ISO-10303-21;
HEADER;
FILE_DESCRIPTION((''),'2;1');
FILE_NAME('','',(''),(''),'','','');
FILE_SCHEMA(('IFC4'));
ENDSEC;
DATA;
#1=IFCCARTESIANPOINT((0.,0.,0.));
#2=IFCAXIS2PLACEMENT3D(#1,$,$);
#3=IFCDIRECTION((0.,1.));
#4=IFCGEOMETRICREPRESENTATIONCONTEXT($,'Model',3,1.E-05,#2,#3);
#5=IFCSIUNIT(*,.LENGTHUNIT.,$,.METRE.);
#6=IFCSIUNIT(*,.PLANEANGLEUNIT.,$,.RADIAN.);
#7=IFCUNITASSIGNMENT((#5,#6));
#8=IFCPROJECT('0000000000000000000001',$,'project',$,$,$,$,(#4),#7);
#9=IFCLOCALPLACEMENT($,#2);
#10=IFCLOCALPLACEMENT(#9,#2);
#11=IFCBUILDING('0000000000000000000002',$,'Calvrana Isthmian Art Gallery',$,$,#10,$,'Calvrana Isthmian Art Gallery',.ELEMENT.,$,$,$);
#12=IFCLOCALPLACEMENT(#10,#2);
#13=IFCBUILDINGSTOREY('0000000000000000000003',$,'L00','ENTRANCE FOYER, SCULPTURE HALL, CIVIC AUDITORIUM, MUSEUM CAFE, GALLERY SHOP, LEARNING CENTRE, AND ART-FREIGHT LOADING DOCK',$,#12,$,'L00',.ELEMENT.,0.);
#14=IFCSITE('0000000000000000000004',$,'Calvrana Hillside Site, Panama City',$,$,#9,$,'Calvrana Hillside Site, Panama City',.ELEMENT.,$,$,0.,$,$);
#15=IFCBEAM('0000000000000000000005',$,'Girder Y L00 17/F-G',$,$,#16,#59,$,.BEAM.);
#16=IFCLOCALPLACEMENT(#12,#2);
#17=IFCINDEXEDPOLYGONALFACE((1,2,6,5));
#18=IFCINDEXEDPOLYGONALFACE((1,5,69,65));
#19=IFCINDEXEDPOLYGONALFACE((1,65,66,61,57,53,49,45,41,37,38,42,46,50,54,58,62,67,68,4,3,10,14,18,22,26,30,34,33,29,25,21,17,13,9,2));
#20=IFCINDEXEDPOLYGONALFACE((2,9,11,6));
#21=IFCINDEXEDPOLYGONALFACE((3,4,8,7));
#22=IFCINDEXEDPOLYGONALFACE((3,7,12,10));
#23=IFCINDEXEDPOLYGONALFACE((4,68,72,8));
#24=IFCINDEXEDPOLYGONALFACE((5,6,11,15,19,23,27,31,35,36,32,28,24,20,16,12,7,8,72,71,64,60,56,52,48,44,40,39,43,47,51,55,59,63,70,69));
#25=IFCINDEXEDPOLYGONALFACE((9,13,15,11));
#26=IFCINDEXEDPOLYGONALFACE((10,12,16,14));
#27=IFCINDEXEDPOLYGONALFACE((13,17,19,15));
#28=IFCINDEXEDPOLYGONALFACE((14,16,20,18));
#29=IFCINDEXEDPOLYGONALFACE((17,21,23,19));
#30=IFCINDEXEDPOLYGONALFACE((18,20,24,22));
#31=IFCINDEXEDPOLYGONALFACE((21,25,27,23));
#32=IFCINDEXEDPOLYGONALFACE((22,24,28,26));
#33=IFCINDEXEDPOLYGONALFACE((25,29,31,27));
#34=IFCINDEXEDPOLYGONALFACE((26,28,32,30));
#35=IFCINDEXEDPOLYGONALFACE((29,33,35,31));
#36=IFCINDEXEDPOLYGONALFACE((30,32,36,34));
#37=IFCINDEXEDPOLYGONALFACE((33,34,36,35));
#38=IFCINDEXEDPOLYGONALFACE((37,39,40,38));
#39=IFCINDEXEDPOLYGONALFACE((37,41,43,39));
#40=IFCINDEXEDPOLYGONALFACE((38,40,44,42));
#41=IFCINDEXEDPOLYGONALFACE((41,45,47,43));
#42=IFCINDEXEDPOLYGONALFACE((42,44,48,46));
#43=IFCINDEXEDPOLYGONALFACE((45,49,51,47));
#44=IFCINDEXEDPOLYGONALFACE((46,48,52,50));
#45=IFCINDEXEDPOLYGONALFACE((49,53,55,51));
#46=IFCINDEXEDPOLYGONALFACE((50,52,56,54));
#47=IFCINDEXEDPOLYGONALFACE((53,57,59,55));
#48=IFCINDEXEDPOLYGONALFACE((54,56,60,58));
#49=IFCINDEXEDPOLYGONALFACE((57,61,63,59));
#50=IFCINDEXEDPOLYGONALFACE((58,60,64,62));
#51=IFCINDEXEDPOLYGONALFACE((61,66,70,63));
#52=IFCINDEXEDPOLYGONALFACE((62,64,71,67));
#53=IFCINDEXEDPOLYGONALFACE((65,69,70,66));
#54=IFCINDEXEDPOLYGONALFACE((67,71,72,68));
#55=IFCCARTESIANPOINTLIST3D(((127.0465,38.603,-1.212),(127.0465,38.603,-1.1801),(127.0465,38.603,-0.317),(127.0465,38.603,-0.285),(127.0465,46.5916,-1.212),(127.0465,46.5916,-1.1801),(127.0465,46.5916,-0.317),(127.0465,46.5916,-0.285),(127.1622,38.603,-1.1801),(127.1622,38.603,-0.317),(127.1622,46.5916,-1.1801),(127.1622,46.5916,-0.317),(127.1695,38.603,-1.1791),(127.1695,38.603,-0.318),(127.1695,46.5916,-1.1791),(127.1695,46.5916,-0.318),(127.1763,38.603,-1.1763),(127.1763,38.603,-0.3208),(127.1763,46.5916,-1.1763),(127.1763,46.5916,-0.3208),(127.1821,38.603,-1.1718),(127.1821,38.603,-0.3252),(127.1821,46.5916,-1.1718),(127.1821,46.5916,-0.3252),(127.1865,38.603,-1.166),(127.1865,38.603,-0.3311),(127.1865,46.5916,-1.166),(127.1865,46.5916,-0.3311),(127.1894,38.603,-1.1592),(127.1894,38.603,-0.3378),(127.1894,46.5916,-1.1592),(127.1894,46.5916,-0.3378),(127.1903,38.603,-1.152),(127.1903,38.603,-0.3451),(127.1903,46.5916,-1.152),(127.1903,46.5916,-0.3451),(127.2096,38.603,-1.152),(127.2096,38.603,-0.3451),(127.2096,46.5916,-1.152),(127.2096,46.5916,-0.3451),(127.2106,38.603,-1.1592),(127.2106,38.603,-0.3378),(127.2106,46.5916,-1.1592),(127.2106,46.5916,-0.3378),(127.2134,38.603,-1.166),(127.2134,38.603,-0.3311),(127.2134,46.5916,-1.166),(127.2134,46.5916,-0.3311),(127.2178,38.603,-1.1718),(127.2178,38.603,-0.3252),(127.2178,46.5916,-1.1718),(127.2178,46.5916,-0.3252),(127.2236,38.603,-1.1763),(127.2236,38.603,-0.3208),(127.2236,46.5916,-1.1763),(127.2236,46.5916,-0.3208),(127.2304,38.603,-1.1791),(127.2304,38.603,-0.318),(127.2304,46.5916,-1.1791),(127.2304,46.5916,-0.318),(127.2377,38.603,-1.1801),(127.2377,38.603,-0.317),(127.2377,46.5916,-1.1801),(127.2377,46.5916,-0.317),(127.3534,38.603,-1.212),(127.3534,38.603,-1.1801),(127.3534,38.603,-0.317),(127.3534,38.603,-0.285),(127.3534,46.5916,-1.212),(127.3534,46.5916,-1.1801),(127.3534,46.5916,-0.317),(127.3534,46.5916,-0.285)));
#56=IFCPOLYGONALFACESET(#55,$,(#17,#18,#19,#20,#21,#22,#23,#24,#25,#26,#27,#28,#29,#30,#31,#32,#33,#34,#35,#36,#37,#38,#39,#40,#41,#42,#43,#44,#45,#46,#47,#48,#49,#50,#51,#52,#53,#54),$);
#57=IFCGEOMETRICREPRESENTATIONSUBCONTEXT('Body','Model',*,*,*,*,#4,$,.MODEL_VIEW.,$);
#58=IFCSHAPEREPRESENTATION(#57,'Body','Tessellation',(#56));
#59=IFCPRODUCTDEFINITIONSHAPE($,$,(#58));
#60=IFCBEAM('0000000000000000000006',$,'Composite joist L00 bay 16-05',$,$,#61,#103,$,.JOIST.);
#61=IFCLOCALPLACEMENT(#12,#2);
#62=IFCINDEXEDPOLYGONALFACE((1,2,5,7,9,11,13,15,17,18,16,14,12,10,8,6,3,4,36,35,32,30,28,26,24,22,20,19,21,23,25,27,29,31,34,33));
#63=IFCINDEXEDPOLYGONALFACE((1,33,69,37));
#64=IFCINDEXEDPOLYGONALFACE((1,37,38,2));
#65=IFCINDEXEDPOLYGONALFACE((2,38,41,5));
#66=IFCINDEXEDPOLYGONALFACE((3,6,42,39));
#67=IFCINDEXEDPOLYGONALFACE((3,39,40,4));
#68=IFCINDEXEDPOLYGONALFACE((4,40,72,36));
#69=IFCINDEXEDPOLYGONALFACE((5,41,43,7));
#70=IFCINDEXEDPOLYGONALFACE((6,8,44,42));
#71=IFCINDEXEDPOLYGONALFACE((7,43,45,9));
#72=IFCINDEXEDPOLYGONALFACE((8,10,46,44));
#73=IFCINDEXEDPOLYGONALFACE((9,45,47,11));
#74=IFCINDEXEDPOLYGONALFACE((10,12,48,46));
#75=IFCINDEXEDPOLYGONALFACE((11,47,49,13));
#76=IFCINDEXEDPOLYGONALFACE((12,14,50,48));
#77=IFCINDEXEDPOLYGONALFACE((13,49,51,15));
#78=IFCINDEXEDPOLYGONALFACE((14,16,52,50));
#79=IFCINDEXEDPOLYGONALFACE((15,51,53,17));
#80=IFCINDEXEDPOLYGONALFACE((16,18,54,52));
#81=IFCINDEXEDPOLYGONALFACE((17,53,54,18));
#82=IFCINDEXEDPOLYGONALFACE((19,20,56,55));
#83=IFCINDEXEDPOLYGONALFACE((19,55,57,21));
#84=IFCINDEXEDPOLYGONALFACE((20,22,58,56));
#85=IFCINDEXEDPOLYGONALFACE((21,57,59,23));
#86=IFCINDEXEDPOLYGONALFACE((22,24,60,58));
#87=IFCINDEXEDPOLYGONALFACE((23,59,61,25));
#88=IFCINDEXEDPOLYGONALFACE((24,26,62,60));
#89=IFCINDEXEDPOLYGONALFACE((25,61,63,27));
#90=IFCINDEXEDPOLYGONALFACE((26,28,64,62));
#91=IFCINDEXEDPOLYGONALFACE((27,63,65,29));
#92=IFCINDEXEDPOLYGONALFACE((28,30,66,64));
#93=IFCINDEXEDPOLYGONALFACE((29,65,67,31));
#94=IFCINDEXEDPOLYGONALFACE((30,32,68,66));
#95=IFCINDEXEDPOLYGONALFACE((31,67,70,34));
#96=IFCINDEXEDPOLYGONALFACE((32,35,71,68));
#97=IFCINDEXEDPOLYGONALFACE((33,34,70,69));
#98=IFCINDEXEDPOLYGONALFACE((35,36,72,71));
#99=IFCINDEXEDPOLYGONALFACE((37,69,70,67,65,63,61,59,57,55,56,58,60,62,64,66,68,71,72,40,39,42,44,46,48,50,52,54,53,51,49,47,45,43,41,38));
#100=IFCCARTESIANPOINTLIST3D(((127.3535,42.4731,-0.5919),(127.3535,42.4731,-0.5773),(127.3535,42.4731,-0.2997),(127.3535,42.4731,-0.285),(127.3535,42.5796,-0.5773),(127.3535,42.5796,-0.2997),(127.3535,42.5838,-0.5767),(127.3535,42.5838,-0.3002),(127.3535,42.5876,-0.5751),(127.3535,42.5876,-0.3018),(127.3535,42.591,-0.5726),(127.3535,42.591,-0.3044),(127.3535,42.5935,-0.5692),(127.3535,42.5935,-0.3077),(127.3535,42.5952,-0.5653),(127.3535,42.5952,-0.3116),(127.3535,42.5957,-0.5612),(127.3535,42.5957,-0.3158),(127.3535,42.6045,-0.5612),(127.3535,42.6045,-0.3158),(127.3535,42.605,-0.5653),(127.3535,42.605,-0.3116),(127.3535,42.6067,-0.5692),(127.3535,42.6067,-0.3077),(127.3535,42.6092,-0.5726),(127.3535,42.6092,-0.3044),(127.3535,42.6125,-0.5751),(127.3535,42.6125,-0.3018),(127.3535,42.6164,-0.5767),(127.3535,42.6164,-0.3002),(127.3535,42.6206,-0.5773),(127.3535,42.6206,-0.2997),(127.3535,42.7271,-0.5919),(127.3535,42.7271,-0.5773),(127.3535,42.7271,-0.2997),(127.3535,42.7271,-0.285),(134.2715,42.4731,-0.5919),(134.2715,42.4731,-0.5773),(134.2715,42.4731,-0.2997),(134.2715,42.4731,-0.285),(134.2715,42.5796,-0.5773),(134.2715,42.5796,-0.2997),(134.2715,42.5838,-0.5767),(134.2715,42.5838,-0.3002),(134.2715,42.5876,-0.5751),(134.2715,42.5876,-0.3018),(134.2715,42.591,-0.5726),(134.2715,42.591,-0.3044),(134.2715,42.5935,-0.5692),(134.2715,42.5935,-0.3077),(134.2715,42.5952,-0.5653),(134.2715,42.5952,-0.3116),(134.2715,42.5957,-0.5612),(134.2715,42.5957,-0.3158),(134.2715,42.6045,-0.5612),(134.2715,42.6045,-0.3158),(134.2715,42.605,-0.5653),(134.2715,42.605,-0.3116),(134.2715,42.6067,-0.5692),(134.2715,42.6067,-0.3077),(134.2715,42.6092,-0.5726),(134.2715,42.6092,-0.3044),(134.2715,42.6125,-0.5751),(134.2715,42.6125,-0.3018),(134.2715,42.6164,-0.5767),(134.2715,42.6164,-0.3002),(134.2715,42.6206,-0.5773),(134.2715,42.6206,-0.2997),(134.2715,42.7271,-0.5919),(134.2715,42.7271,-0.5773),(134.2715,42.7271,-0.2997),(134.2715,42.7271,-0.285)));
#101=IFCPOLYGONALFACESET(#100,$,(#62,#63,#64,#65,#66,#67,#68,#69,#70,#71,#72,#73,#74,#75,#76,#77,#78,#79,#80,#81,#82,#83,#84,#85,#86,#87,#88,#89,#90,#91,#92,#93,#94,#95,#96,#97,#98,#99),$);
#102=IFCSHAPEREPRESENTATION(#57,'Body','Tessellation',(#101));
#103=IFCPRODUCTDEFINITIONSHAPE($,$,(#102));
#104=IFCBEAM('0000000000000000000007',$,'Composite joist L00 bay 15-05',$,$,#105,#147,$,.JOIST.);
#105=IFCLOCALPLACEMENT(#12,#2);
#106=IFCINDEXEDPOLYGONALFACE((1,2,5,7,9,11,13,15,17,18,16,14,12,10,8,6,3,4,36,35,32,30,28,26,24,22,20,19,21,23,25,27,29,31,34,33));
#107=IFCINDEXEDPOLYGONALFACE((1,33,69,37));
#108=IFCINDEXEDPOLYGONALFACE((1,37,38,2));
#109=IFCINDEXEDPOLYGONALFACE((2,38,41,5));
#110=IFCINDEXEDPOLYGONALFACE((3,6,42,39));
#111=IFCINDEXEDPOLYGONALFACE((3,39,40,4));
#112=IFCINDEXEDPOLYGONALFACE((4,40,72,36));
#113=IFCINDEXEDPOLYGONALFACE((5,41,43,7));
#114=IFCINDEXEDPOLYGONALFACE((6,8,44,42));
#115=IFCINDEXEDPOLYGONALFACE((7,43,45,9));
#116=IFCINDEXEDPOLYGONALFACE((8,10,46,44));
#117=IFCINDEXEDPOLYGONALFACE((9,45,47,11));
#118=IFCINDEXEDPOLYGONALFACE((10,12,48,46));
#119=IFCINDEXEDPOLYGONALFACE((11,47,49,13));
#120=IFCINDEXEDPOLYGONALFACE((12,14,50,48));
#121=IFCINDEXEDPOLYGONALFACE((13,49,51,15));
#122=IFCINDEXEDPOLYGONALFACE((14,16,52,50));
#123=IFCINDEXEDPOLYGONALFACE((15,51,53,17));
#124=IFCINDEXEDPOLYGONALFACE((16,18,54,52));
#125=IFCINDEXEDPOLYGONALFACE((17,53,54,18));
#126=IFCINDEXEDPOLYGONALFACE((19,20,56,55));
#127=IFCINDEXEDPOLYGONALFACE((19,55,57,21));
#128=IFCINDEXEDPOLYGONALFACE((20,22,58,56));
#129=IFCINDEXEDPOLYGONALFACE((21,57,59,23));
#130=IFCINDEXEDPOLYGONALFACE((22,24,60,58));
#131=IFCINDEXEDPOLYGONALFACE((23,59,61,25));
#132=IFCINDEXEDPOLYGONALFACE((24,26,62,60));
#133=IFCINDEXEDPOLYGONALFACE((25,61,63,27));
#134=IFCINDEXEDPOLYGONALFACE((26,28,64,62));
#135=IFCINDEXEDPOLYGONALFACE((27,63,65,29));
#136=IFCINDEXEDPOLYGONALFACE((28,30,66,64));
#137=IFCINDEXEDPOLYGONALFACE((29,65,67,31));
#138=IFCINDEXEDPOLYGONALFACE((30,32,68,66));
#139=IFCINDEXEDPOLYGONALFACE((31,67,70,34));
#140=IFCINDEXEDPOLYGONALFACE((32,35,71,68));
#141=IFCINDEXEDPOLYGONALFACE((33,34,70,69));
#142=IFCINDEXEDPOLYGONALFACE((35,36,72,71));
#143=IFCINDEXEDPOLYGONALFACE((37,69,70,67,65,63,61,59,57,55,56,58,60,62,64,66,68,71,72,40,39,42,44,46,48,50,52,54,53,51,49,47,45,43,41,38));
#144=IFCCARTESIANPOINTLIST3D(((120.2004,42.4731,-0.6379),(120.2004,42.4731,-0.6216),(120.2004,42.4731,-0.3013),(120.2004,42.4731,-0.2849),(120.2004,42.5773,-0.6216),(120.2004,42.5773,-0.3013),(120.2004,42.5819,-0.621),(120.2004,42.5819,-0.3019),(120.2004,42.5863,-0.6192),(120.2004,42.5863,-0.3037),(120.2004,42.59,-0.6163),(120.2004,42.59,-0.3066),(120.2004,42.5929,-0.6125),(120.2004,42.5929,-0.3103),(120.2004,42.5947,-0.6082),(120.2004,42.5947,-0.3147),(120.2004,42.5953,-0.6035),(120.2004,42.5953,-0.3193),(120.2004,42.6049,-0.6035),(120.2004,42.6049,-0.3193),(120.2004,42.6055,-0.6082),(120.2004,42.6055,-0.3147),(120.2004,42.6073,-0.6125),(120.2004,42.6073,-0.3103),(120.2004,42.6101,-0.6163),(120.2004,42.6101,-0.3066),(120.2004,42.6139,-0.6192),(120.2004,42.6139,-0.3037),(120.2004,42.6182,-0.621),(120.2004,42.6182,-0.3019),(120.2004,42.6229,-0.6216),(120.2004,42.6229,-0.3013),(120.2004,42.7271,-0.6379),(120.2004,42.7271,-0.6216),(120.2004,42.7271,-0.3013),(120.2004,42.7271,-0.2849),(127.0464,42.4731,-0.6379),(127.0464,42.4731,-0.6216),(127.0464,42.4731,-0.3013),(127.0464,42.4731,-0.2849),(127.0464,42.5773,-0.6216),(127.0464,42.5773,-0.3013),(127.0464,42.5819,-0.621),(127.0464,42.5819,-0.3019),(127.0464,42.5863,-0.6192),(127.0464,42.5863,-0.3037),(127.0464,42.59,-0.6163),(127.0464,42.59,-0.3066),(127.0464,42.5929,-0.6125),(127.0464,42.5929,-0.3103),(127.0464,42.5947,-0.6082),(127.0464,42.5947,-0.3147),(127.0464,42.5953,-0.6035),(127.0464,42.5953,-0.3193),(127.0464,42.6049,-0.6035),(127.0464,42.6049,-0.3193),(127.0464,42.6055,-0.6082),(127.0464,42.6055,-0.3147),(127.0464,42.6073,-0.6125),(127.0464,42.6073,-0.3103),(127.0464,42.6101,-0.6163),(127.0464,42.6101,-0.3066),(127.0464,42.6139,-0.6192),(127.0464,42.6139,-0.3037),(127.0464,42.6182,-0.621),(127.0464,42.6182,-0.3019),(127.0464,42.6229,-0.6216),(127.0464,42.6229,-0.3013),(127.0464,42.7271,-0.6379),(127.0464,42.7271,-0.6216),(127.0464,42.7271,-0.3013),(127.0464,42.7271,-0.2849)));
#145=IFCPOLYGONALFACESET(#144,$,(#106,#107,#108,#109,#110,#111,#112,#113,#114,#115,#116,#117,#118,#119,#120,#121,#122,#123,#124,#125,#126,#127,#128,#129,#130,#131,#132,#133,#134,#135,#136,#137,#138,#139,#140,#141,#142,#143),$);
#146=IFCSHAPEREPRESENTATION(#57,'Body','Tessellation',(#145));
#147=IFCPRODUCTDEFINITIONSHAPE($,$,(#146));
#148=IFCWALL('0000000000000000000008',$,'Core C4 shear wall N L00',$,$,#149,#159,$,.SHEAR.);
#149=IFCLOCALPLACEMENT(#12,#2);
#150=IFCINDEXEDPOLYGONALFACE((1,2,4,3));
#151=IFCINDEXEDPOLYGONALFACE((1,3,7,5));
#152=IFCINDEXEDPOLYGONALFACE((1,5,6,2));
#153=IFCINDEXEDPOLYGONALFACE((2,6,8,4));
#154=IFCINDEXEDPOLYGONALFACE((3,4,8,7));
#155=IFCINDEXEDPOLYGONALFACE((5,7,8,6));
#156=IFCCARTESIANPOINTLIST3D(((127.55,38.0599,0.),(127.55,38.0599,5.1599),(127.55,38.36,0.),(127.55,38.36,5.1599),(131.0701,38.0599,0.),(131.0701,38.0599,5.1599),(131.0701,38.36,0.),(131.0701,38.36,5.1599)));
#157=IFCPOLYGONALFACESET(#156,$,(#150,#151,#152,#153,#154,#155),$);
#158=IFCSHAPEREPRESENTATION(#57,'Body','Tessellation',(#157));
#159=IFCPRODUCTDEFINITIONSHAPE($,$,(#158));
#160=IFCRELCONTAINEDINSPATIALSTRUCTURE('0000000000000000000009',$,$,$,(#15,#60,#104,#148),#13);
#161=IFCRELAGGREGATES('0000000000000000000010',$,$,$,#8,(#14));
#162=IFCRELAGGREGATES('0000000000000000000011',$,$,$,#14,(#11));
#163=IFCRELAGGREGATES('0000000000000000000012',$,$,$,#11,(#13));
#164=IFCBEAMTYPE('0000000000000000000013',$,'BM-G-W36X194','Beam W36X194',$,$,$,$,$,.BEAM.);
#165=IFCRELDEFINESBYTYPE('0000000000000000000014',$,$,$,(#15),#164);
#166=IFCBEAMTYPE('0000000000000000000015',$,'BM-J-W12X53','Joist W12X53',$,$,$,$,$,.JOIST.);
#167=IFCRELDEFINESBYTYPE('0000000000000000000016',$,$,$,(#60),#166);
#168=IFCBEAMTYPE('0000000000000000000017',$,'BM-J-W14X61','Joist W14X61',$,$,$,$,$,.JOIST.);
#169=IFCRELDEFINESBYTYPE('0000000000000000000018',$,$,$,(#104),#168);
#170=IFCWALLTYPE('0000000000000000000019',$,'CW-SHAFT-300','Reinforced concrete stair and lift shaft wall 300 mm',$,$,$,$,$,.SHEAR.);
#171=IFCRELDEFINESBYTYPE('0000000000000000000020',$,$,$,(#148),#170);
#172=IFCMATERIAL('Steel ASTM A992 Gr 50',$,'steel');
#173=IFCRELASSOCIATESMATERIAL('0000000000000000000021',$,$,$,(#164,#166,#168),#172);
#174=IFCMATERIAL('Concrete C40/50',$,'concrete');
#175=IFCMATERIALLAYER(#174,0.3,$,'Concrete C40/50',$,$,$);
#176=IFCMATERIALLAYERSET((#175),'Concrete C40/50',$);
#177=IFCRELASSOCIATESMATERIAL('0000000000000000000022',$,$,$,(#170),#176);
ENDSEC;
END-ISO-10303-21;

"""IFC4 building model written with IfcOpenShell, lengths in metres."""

from ifc_helpers import new_model, si_unit, direction, frame, frame_2d, origin, origin_2d, place, context, subcontext, project, spatial, rectangle, i_section, extrude, material, layer, layer_set, material_profile, profile_set, type_object, element, save


model = new_model("IFC4")

# Units and contexts
model_context = context("Model", 3, precision=1e-05, world=origin(), true_north=direction((0.0, 1.0)))
body_context = subcontext(model_context, "Body", "Model", "MODEL_VIEW")
ifc_project = project(units=[si_unit("LENGTHUNIT", "METRE"), si_unit("PLANEANGLEUNIT", "RADIAN")], contexts=[model_context])

# Site, building, storey
site_placement = place(None, origin())
site = spatial("IfcSite", under=ifc_project, at=site_placement, Name="Calvrana Hillside Site, Panama City", LongName="Calvrana Hillside Site, Panama City", CompositionType="ELEMENT", RefElevation=0.0)
building_placement = place(site_placement, origin())
building = spatial("IfcBuilding", under=site, at=building_placement, Name="Calvrana Isthmian Art Gallery", LongName="Calvrana Isthmian Art Gallery", CompositionType="ELEMENT")
storey_placement = place(building_placement, origin())
storey = spatial("IfcBuildingStorey", under=building, at=storey_placement, Name="L00", Description="ENTRANCE FOYER, SCULPTURE HALL, CIVIC AUDITORIUM, MUSEUM CAFE, GALLERY SHOP, LEARNING CENTRE, AND ART-FREIGHT LOADING DOCK", LongName="L00", CompositionType="ELEMENT", Elevation=0.0)

# Shared definitions
ifc_material_1 = material(Name="Steel ASTM A992 Gr 50", Category="steel")

# Beams
ifc_material_profile_1 = material_profile(ifc_material_1, i_section(OverallWidth=0.3069, OverallDepth=0.927, WebThickness=0.0193, FlangeThickness=0.032, FilletRadius=0.0281, at=origin_2d()), Name="W36X194")
ifc_profile_set_1 = profile_set([ifc_material_profile_1], Name="Steel ASTM A992 Gr 50")
beam_type_1 = type_object("IfcBeamType", Name="BM-G-W36X194", Description="Beam W36X194", PredefinedType="BEAM", material=ifc_profile_set_1)
beam_1_placement = place(storey_placement, frame((127.2, 38.603, -0.7485), z_axis=(0.0, 1.0, 0.0), x_axis=(-1.0, 0.0, 0.0)))
element("IfcBeam", 1, at=beam_1_placement, inside=storey, type_object=beam_type_1, Name="Girder Y L00 17/F-G", PredefinedType="BEAM", context=body_context, shape_type="SweptSolid", body=[
    extrude(i_section(OverallWidth=0.3069, OverallDepth=0.927, WebThickness=0.0193, FlangeThickness=0.032, FilletRadius=0.0281, at=origin_2d()), origin(), (0.0, 0.0, 1.0), 7.9885),
])
ifc_material_profile_2 = material_profile(ifc_material_1, i_section(OverallWidth=0.2539, OverallDepth=0.3069, WebThickness=0.0088, FlangeThickness=0.0146, FilletRadius=0.0161, at=origin_2d()), Name="W12X53")
ifc_profile_set_2 = profile_set([ifc_material_profile_2], Name="Steel ASTM A992 Gr 50")
beam_type_2 = type_object("IfcBeamType", Name="BM-J-W12X53", Description="Joist W12X53", PredefinedType="JOIST", material=ifc_profile_set_2)
beam_2_placement = place(storey_placement, frame((127.3535, 42.6001, -0.4385), z_axis=(1.0, 0.0, 0.0), x_axis=(0.0, 1.0, 0.0)))
element("IfcBeam", 2, at=beam_2_placement, inside=storey, type_object=beam_type_2, Name="Composite joist L00 bay 16-05", PredefinedType="JOIST", context=body_context, shape_type="SweptSolid", body=[
    extrude(i_section(OverallWidth=0.2539, OverallDepth=0.3069, WebThickness=0.0088, FlangeThickness=0.0146, FilletRadius=0.0161, at=origin_2d()), origin(), (0.0, 0.0, 1.0), 6.918),
])
ifc_material_profile_3 = material_profile(ifc_material_1, i_section(OverallWidth=0.2539, OverallDepth=0.353, WebThickness=0.0095, FlangeThickness=0.0164, FilletRadius=0.0181, at=origin_2d()), Name="W14X61")
ifc_profile_set_3 = profile_set([ifc_material_profile_3], Name="Steel ASTM A992 Gr 50")
beam_type_3 = type_object("IfcBeamType", Name="BM-J-W14X61", Description="Joist W14X61", PredefinedType="JOIST", material=ifc_profile_set_3)
beam_3_placement = place(storey_placement, frame((120.2004, 42.6001, -0.4614), z_axis=(1.0, 0.0, 0.0), x_axis=(0.0, 1.0, 0.0)))
element("IfcBeam", 3, at=beam_3_placement, inside=storey, type_object=beam_type_3, Name="Composite joist L00 bay 15-05", PredefinedType="JOIST", context=body_context, shape_type="SweptSolid", body=[
    extrude(i_section(OverallWidth=0.2539, OverallDepth=0.353, WebThickness=0.0095, FlangeThickness=0.0164, FilletRadius=0.0181, at=origin_2d()), origin(), (0.0, 0.0, 1.0), 6.8459),
])

# Wall
ifc_material_2 = material(Name="Concrete C40/50", Category="concrete")
ifc_layer_1 = layer(ifc_material_2, 0.3, Name="Concrete C40/50")
ifc_layer_set_1 = layer_set([ifc_layer_1], Name="Concrete C40/50")
wall_type_1 = type_object("IfcWallType", Name="CW-SHAFT-300", Description="Reinforced concrete stair and lift shaft wall 300 mm", PredefinedType="SHEAR", material=ifc_layer_set_1)
wall_1_placement = place(storey_placement, frame((127.55, 38.21, 0.0), z_axis=(0.0, 0.0, 1.0), x_axis=(1.0, 0.0, 0.0)))
element("IfcWall", 4, at=wall_1_placement, inside=storey, type_object=wall_type_1, Name="Core C4 shear wall N L00", PredefinedType="SHEAR", context=body_context, shape_type="SweptSolid", body=[
    extrude(rectangle(XDim=3.52, YDim=0.3, at=frame_2d((1.76, 0.0))), origin(), (0.0, 0.0, 1.0), 5.1599),
])

save(model, "model.ifc")
